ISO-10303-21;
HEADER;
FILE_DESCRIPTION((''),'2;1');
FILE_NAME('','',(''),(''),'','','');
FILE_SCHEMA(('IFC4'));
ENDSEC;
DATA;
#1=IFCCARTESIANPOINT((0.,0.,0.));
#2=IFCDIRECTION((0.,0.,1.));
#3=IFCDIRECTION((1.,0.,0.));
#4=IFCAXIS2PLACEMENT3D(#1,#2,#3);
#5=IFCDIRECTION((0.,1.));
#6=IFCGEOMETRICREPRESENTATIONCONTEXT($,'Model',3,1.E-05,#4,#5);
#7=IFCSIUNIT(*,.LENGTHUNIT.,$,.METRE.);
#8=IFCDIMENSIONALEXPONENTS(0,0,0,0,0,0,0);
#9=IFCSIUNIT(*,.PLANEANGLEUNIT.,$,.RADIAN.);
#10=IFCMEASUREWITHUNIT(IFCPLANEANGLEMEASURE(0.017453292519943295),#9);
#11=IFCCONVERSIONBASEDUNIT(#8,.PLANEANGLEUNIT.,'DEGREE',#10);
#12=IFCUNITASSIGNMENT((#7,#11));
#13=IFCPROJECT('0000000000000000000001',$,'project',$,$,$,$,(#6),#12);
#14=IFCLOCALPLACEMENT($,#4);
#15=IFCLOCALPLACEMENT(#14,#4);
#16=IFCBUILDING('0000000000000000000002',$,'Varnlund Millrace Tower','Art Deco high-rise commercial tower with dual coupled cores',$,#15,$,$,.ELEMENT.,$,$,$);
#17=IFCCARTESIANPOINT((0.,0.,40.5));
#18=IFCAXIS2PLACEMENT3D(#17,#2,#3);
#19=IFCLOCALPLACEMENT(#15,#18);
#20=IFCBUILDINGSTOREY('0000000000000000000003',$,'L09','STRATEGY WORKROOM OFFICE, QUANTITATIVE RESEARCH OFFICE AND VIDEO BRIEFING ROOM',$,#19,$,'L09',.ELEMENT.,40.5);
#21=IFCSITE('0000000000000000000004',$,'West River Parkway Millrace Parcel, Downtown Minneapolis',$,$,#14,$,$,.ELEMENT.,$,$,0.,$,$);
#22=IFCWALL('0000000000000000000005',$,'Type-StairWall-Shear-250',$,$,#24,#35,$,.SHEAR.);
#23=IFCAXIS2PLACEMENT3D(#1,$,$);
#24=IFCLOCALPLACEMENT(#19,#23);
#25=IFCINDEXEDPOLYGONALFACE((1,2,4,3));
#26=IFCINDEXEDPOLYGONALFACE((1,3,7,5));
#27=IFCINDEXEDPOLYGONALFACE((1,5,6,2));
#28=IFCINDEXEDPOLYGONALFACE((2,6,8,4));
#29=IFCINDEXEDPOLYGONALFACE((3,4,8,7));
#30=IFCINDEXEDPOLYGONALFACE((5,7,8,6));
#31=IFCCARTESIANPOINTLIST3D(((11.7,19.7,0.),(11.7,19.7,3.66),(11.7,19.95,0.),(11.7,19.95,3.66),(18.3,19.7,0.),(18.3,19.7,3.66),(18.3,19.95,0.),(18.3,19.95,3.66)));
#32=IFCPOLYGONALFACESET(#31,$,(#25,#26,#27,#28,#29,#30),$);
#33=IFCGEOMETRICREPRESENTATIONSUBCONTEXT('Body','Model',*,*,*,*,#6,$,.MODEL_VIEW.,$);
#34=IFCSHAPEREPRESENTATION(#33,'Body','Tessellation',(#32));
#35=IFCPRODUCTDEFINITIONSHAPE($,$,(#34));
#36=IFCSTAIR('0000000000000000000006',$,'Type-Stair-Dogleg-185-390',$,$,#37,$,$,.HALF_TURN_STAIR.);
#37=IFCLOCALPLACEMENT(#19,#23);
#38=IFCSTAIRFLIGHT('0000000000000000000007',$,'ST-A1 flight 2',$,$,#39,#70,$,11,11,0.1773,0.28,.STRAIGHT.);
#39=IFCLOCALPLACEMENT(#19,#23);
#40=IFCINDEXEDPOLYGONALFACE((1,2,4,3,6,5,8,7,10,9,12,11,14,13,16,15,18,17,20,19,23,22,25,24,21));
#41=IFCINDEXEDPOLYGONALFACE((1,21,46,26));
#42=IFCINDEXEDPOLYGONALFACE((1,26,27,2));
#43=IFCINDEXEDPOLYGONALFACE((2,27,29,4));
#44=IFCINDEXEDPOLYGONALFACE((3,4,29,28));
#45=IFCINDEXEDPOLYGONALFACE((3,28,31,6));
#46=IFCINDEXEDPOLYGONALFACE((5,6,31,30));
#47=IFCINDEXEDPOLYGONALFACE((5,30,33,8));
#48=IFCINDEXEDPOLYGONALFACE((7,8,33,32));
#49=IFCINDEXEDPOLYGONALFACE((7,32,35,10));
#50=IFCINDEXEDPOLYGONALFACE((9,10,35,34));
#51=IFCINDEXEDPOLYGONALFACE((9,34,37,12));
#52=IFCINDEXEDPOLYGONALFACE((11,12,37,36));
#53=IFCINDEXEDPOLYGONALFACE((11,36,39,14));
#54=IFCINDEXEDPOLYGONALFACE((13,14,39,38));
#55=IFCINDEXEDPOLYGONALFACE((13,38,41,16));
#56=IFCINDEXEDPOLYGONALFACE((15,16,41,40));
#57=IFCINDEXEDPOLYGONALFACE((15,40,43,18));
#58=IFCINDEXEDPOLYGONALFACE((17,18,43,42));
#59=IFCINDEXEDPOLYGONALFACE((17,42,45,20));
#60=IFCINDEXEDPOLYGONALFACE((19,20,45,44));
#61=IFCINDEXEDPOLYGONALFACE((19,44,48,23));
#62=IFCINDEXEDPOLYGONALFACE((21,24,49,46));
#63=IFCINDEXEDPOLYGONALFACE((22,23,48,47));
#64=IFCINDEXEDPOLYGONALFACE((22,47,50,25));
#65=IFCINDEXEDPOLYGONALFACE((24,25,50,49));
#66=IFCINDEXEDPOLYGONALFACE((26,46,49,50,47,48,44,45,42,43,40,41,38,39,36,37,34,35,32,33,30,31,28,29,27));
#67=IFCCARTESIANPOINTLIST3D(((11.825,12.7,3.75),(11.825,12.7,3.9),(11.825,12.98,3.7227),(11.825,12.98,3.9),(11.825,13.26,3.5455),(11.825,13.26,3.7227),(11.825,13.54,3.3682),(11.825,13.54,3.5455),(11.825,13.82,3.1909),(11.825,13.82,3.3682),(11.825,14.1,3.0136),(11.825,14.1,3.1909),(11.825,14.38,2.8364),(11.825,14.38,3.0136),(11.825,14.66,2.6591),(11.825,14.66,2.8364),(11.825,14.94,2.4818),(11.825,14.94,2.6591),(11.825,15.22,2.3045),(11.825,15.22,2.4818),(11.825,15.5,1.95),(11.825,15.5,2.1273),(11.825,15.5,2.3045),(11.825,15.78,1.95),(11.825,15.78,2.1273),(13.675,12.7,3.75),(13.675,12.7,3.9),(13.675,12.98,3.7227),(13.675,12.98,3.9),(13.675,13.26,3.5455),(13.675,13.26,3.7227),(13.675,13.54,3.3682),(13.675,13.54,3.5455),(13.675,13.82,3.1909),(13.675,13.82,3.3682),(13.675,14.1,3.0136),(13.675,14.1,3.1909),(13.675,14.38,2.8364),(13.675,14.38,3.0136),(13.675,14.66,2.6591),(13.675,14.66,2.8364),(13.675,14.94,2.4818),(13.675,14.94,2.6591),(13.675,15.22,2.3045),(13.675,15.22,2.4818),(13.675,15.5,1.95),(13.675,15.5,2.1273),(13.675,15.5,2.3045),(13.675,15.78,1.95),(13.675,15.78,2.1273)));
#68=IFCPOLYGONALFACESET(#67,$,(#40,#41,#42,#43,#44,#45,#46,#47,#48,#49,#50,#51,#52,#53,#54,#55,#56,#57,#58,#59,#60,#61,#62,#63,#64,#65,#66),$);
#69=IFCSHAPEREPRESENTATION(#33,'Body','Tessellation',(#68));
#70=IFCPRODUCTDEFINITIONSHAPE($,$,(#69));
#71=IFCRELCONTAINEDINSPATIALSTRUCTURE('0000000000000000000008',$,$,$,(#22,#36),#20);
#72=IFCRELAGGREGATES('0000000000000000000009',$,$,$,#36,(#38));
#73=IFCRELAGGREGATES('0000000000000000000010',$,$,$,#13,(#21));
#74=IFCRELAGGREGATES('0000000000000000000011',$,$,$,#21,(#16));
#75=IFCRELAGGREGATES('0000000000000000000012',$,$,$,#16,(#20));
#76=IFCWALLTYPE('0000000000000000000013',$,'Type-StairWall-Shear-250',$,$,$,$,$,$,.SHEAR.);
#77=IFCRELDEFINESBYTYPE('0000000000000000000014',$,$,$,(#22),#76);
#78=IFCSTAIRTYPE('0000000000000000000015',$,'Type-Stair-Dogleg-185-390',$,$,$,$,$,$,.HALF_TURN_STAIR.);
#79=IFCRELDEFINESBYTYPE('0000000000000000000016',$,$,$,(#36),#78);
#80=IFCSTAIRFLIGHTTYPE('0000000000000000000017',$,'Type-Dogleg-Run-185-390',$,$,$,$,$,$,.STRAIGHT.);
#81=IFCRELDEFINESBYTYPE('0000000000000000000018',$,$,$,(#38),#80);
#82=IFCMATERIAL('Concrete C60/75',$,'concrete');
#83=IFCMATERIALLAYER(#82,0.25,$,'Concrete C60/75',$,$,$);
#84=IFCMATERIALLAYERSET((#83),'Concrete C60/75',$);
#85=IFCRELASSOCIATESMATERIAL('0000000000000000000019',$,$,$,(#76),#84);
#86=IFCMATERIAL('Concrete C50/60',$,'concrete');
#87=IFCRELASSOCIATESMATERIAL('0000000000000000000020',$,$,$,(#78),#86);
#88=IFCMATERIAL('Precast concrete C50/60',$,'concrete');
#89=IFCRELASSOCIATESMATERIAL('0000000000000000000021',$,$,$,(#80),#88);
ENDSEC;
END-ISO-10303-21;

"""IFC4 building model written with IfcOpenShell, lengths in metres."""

from ifc_helpers import new_model, entity, si_unit, converted_unit, direction, frame, origin_with_axes, place, context, subcontext, project, spatial, polyline, outline, extrude, material, layer, layer_set, type_object, element, aggregate, save


model = new_model("IFC4")

# Units and contexts
model_context = context("Model", 3, precision=1e-05, world=origin_with_axes(), true_north=direction((0.0, 1.0)))
body_context = subcontext(model_context, "Body", "Model", "MODEL_VIEW")
ifc_project = project(units=[si_unit("LENGTHUNIT", "METRE"), converted_unit("PLANEANGLEUNIT", "DEGREE", entity("IfcPlaneAngleMeasure", 0.017453292519943295), si_unit("PLANEANGLEUNIT", "RADIAN"), dimensions=[0, 0, 0, 0, 0, 0, 0])], contexts=[model_context])

# Site, building, storey
site_placement = place(None, origin_with_axes())
site = spatial("IfcSite", under=ifc_project, at=site_placement, Name="West River Parkway Millrace Parcel, Downtown Minneapolis", CompositionType="ELEMENT", RefElevation=0.0)
building_placement = place(site_placement, origin_with_axes())
building = spatial("IfcBuilding", under=site, at=building_placement, Name="Varnlund Millrace Tower", Description="Art Deco high-rise commercial tower with dual coupled cores", CompositionType="ELEMENT")
storey_placement = place(building_placement, frame((0.0, 0.0, 40.5), z_axis=(0.0, 0.0, 1.0), x_axis=(1.0, 0.0, 0.0)))
storey = spatial("IfcBuildingStorey", under=building, at=storey_placement, Name="L09", Description="STRATEGY WORKROOM OFFICE, QUANTITATIVE RESEARCH OFFICE AND VIDEO BRIEFING ROOM", LongName="L09", CompositionType="ELEMENT", Elevation=40.5)

# Shared definitions
ifc_material_1 = material(Name="Concrete C60/75", Category="concrete")
ifc_layer = layer(ifc_material_1, 0.25, Name="Concrete C60/75")
ifc_layer_set = layer_set([ifc_layer], Name="Concrete C60/75")

# Wall
wall_type_1 = type_object("IfcWallType", Name="Type-StairWall-Shear-250", PredefinedType="SHEAR", material=ifc_layer_set)
wall_1_placement = place(storey_placement, frame((11.7, 19.825, 0.0), z_axis=(0.0, 0.0, 1.0), x_axis=(1.0, 0.0, 0.0)))
element("IfcWall", 1, at=wall_1_placement, inside=storey, type_object=wall_type_1, Name="Type-StairWall-Shear-250", PredefinedType="SHEAR", context=body_context, shape_type="SweptSolid", body=[
    extrude(outline(polyline([(0.0, -0.125), (6.6, -0.125), (6.6, 0.125), (0.0, 0.125), (0.0, -0.125)])), origin_with_axes(), (0.0, 0.0, 1.0), 3.66),
])

# Stair, stair flight
ifc_material_2 = material(Name="Concrete C50/60", Category="concrete")
stair_type = type_object("IfcStairType", Name="Type-Stair-Dogleg-185-390", PredefinedType="HALF_TURN_STAIR", material=ifc_material_2)
stair_placement = place(storey_placement, origin_with_axes())
stair = element("IfcStair", 2, at=stair_placement, inside=storey, type_object=stair_type, Name="Type-Stair-Dogleg-185-390", PredefinedType="HALF_TURN_STAIR")
ifc_material_3 = material(Name="Precast concrete C50/60", Category="concrete")
stair_flight_type = type_object("IfcStairFlightType", Name="Type-Dogleg-Run-185-390", PredefinedType="STRAIGHT", material=ifc_material_3)
stair_flight_placement = place(storey_placement, frame((13.675, 15.78, 1.95), z_axis=(-1.0, 0.0, 0.0), x_axis=(0.0, -1.0, 0.0)))
stair_flight = element("IfcStairFlight", 3, at=stair_flight_placement, type_object=stair_flight_type, Name="ST-A1 flight 2", NumberOfRisers=11, NumberOfTreads=11, PredefinedType="STRAIGHT", RiserHeight=0.1773, TreadLength=0.28, context=body_context, shape_type="SweptSolid", body=[
    extrude(outline(polyline([(0.0, 0.0), (0.0, 0.1773), (0.28, 0.1773), (0.28, 0.3545), (0.56, 0.3545), (0.56, 0.5318), (0.84, 0.5318), (0.84, 0.7091), (1.12, 0.7091), (1.12, 0.8864), (1.4, 0.8864), (1.4, 1.0636), (1.68, 1.0636), (1.68, 1.2409), (1.96, 1.2409), (1.96, 1.4182), (2.24, 1.4182), (2.24, 1.5955), (2.52, 1.5955), (2.52, 1.7727), (2.8, 1.7727), (2.8, 1.95), (3.08, 1.95), (3.08, 1.8), (0.28, 0.0), (0.0, 0.0)])), origin_with_axes(), (0.0, 0.0, 1.0), 1.85),
])
aggregate(stair, [stair_flight])

save(model, "model.ifc")
